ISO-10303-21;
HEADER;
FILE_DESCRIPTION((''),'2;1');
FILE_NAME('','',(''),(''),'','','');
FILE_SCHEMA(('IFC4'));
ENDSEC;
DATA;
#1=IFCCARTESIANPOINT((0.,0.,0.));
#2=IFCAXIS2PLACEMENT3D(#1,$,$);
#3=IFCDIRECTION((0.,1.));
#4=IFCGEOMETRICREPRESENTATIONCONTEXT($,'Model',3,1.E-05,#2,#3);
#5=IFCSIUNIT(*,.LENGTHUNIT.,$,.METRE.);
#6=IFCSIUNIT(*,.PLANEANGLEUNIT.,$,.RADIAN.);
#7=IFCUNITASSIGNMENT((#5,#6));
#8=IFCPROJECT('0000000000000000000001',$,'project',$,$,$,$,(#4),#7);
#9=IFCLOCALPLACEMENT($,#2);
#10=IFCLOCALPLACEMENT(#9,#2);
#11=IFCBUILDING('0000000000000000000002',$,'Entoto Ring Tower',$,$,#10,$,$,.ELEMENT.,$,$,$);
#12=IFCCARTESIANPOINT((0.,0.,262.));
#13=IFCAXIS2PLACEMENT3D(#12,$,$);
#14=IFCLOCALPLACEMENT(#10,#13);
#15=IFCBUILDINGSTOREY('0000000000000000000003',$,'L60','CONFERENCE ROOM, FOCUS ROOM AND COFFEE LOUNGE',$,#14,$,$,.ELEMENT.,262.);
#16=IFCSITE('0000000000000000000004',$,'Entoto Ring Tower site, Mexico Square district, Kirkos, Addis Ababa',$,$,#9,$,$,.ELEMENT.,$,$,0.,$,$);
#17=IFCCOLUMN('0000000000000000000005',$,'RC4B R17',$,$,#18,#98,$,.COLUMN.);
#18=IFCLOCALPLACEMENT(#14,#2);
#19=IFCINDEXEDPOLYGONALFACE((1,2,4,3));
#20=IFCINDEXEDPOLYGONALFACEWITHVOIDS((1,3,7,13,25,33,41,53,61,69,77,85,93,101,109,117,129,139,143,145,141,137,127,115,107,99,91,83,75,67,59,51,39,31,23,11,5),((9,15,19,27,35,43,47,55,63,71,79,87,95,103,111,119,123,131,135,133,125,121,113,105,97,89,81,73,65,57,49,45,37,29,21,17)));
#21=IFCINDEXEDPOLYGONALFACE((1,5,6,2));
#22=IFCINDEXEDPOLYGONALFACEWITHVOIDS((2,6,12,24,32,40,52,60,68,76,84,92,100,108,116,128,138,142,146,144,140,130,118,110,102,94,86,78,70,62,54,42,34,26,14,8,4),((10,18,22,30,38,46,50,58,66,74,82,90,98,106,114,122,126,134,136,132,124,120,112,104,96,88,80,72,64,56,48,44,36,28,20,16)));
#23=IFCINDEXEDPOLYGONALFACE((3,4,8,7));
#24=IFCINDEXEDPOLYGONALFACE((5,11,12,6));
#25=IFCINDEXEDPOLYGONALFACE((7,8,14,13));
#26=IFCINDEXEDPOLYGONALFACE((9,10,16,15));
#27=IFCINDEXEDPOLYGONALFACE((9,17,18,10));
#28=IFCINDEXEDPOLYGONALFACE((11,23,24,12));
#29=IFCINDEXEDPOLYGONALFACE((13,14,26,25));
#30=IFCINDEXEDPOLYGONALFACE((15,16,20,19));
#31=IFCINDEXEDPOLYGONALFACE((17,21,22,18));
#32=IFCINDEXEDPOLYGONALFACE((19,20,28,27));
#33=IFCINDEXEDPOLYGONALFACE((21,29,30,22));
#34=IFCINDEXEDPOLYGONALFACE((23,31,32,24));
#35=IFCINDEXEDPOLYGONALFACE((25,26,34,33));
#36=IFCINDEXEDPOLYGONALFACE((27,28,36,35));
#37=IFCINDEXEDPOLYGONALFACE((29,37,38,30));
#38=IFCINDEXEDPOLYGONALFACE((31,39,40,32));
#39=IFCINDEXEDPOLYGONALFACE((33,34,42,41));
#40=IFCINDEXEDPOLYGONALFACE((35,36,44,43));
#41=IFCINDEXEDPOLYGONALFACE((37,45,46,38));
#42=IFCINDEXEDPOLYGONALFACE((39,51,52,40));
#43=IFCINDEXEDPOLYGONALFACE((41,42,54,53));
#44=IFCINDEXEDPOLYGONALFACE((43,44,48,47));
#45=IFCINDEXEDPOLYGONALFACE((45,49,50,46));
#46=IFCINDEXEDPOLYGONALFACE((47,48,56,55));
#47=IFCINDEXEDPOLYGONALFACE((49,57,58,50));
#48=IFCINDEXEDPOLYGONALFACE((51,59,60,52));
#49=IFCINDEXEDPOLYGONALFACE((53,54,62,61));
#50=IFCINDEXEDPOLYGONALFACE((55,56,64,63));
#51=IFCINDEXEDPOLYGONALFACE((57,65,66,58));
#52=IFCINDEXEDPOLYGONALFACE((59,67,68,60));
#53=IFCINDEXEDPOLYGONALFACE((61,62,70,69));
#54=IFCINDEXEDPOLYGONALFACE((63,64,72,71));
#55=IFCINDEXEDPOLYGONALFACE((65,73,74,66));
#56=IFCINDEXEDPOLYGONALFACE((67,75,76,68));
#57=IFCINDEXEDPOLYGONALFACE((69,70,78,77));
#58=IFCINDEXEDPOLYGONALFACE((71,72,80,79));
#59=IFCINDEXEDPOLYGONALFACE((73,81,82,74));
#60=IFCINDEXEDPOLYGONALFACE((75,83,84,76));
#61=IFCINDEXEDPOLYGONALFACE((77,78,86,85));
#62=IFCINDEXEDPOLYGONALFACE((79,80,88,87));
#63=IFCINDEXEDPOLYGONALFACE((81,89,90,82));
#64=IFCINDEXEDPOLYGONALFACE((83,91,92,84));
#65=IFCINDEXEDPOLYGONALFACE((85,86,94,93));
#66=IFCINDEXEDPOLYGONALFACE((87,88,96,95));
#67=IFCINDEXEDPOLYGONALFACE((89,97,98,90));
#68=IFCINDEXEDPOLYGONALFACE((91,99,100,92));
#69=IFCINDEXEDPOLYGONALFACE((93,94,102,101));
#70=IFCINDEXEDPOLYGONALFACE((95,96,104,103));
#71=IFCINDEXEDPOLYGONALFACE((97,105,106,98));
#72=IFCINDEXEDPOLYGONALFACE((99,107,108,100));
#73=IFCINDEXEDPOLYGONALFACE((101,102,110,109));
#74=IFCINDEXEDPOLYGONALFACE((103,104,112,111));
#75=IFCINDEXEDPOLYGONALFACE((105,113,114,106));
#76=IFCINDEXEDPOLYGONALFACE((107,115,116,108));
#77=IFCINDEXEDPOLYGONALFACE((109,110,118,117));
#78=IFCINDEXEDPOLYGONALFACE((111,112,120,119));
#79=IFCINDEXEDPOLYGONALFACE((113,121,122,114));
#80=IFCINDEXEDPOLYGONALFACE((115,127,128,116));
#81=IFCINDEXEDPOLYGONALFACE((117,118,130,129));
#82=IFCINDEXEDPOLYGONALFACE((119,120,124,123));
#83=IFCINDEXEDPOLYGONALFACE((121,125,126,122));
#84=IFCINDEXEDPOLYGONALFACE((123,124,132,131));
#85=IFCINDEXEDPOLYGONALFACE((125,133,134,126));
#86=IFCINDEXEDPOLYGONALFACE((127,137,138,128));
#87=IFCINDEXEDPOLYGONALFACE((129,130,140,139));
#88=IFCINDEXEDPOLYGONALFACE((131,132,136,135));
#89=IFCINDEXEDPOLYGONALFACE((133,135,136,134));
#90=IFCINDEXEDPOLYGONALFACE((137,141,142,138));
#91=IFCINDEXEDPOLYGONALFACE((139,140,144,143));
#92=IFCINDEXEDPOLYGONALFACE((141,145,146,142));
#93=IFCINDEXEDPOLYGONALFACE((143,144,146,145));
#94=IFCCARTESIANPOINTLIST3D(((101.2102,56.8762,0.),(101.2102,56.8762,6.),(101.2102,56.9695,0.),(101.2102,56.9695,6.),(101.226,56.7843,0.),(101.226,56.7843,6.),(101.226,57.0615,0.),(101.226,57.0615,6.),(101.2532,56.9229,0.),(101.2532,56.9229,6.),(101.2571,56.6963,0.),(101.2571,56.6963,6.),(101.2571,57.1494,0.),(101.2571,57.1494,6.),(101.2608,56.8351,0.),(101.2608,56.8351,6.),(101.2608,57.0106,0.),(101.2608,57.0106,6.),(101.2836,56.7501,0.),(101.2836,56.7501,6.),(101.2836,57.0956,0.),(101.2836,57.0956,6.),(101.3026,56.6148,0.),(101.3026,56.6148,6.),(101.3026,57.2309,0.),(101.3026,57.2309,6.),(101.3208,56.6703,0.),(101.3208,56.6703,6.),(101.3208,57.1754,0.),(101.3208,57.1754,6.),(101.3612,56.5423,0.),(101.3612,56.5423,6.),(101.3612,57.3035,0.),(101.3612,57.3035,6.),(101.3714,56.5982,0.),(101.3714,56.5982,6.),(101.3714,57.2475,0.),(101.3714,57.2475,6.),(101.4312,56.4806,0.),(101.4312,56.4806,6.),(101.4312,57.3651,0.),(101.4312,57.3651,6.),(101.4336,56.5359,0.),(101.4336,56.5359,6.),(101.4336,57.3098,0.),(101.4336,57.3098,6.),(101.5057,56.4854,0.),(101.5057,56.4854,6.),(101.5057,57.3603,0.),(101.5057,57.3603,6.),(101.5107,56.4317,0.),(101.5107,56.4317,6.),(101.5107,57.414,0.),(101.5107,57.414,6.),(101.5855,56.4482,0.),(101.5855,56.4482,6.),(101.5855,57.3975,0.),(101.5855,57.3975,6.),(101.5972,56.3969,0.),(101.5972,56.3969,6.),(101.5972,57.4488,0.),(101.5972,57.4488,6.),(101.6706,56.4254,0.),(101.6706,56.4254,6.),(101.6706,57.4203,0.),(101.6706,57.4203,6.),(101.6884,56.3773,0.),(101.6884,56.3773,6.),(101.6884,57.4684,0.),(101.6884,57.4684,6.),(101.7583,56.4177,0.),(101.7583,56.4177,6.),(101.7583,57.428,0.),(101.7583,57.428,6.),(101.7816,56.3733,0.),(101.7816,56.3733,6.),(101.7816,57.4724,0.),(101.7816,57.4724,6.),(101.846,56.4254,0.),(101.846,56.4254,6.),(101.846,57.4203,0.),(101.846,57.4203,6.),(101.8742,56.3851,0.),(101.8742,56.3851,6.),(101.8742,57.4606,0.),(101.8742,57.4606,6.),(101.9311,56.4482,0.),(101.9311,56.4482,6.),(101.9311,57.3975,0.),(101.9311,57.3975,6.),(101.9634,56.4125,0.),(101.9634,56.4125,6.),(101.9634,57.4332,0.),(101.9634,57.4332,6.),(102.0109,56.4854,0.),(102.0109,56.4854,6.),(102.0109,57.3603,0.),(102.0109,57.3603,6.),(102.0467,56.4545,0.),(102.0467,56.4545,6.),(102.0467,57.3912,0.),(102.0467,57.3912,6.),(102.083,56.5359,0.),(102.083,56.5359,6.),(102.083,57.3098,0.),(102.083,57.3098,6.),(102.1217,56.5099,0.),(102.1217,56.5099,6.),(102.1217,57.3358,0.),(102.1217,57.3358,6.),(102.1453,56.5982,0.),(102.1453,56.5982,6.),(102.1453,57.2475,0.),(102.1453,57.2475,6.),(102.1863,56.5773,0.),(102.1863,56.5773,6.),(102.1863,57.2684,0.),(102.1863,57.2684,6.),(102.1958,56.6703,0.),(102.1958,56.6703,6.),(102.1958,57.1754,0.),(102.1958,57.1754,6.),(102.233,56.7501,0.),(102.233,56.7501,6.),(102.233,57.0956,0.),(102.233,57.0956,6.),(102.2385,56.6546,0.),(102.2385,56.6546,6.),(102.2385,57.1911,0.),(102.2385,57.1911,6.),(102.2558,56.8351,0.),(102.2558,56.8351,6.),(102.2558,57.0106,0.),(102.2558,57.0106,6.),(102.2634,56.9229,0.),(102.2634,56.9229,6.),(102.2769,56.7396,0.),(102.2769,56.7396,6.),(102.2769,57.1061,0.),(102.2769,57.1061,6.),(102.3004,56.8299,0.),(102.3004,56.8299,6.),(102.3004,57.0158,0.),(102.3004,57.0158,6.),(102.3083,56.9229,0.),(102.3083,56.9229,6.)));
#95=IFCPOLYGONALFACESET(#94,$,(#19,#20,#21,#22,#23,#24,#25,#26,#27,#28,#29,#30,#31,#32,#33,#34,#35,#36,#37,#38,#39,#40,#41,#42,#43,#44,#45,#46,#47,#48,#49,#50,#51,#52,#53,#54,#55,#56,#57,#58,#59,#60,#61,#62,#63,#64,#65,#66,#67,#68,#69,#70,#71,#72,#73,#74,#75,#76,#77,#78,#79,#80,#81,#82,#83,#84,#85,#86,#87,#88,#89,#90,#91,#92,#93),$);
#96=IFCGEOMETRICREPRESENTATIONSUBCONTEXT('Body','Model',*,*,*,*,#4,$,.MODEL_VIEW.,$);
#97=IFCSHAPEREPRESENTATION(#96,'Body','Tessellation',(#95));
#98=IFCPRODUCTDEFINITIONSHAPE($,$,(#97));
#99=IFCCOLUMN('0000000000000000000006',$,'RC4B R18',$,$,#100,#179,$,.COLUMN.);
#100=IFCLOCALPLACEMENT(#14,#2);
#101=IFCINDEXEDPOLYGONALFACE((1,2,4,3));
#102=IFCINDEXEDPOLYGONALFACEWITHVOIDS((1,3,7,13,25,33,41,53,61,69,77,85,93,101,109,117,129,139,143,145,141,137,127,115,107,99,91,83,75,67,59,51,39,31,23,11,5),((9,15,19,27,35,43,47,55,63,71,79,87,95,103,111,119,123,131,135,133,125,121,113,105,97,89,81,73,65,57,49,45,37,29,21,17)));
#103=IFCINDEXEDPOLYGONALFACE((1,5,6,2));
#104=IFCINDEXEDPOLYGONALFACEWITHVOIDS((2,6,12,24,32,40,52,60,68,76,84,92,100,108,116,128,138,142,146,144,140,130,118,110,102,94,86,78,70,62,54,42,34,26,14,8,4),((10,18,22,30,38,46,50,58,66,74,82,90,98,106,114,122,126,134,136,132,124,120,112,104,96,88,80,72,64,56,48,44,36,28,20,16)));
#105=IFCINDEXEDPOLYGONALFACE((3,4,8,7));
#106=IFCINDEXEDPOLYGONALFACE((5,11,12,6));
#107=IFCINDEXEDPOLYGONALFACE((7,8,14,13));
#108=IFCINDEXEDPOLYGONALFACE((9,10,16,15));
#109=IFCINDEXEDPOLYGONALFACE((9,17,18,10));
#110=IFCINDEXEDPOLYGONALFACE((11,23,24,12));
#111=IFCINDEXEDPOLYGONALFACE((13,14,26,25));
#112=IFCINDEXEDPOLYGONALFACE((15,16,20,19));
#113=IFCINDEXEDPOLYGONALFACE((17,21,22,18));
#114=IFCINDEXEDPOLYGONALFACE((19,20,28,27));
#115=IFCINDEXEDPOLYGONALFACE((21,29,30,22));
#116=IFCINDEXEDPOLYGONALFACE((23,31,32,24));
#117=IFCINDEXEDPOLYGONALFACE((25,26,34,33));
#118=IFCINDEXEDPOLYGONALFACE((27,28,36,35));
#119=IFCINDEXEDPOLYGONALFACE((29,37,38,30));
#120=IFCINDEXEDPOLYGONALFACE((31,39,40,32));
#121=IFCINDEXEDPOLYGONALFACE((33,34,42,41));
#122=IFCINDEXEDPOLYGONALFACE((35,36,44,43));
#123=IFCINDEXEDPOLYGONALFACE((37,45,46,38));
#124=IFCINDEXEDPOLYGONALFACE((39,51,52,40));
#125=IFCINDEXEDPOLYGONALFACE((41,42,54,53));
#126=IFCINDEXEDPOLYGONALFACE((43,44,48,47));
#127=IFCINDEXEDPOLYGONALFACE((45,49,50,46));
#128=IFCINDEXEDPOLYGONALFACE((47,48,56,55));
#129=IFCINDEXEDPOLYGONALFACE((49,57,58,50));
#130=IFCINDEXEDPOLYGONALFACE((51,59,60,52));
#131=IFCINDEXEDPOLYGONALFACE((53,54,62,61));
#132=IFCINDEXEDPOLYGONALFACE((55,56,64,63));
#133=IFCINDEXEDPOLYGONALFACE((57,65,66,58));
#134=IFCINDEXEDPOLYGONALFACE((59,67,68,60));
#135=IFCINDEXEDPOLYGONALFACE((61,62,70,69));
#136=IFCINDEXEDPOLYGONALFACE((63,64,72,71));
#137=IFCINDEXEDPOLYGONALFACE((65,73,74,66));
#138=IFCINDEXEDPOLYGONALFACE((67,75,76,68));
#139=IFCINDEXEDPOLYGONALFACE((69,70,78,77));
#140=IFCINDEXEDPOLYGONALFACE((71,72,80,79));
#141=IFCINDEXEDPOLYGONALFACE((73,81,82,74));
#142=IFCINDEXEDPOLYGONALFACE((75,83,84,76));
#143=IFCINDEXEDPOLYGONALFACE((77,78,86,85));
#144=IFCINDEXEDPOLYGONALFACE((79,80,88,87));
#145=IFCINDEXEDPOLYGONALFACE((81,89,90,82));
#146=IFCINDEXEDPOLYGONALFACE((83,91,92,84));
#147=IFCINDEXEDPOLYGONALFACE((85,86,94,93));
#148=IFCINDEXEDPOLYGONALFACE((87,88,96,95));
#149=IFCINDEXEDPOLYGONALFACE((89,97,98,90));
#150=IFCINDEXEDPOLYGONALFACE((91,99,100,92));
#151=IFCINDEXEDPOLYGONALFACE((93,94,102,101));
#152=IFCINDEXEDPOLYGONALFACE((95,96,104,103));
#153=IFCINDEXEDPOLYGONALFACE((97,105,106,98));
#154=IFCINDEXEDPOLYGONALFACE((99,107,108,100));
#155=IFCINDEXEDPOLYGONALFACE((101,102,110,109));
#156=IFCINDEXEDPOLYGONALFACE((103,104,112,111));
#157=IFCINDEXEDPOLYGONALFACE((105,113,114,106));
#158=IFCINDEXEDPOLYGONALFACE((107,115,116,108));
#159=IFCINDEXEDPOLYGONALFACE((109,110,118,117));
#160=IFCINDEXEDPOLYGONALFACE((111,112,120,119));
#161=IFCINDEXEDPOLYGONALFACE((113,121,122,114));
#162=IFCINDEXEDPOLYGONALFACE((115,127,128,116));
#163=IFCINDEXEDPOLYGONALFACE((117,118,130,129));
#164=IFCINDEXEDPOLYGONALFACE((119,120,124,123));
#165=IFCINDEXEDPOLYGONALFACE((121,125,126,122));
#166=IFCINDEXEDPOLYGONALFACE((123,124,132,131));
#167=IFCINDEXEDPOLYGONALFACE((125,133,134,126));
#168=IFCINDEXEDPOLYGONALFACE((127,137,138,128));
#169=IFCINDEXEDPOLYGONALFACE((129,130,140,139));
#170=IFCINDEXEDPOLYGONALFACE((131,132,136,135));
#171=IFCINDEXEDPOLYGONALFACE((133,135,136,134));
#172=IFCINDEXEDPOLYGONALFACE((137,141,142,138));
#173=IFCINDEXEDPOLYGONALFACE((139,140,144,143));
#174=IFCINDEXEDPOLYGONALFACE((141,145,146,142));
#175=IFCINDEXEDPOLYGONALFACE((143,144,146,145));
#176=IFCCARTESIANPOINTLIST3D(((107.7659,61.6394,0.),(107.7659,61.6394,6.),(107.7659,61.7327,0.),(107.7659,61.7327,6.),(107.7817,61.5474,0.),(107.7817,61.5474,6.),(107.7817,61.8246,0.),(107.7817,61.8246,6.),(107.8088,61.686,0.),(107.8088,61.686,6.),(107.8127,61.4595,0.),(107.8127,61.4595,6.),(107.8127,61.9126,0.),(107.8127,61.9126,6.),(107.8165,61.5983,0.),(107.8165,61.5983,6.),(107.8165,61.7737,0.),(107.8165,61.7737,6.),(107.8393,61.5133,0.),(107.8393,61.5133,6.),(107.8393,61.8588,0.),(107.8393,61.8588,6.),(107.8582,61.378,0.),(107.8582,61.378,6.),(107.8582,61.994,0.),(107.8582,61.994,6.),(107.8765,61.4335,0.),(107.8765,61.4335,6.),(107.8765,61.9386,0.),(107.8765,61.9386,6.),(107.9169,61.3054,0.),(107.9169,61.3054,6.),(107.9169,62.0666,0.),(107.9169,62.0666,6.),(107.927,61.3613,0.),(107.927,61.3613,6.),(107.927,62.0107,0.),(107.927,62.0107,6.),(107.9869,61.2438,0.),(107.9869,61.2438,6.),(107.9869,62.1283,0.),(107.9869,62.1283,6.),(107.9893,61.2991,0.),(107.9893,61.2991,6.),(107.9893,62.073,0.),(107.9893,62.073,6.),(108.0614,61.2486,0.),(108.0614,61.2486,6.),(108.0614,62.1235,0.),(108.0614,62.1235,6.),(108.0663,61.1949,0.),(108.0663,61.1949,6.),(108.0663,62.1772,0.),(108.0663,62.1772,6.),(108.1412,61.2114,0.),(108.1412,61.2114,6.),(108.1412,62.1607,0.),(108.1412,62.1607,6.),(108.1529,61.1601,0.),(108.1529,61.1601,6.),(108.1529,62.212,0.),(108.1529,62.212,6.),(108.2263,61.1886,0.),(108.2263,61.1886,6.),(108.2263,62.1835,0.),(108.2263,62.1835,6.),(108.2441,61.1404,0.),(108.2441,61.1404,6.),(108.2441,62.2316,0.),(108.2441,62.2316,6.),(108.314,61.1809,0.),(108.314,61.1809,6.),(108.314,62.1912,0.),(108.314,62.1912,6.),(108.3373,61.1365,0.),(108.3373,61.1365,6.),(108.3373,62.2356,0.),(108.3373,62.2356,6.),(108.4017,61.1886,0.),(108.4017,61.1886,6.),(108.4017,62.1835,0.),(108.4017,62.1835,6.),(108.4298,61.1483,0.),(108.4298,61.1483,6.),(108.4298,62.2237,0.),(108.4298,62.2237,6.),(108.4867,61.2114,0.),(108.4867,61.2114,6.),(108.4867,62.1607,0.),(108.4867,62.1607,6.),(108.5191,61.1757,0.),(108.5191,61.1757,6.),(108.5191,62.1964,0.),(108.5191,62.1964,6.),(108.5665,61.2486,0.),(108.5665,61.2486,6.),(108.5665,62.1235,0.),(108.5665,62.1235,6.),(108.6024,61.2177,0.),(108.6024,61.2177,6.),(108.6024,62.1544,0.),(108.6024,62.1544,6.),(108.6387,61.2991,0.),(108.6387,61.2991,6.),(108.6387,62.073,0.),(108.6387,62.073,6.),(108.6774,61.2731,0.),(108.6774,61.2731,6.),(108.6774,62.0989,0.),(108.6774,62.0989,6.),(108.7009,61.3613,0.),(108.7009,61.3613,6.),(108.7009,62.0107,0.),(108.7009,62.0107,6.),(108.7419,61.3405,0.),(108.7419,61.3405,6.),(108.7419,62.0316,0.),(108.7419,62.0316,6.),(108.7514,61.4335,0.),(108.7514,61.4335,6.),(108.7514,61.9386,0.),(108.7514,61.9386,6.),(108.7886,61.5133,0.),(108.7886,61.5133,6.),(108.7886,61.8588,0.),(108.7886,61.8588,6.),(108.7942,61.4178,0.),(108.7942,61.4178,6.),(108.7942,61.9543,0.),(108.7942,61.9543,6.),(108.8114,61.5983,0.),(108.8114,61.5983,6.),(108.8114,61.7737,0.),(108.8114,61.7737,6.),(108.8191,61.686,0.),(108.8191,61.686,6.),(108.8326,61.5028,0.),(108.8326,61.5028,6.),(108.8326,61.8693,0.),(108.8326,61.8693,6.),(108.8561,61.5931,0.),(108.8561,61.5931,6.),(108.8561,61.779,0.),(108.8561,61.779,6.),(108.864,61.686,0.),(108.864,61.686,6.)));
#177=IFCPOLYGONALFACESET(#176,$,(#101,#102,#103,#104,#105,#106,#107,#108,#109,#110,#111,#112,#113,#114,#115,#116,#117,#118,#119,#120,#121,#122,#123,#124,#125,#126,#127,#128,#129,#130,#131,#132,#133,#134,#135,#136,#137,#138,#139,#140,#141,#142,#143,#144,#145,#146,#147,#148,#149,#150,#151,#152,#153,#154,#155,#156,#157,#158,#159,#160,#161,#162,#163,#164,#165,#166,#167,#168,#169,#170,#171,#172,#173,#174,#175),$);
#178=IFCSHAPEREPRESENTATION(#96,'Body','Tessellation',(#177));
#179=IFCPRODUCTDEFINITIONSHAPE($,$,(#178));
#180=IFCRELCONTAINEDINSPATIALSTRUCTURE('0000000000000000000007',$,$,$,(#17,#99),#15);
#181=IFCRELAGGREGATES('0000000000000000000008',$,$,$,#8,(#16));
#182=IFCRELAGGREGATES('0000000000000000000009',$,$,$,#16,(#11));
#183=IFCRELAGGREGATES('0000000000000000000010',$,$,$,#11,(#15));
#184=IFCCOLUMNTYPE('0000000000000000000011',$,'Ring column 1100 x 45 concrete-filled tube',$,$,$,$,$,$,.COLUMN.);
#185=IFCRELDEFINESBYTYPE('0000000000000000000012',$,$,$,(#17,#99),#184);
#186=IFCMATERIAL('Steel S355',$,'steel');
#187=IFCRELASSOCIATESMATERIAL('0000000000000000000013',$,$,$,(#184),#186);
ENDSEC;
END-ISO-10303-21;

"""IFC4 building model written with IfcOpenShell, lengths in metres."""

from ifc_helpers import new_model, si_unit, direction, frame, origin, origin_2d, place, context, subcontext, project, spatial, circle, hollow_circle, extrude, material, material_profile, profile_set, type_object, element, save


model = new_model("IFC4")

# Units and contexts
model_context = context("Model", 3, precision=1e-05, world=origin(), true_north=direction((0.0, 1.0)))
body_context = subcontext(model_context, "Body", "Model", "MODEL_VIEW")
ifc_project = project(units=[si_unit("LENGTHUNIT", "METRE"), si_unit("PLANEANGLEUNIT", "RADIAN")], contexts=[model_context])

# Site, building, storey
site_placement = place(None, origin())
site = spatial("IfcSite", under=ifc_project, at=site_placement, Name="Entoto Ring Tower site, Mexico Square district, Kirkos, Addis Ababa", CompositionType="ELEMENT", RefElevation=0.0)
building_placement = place(site_placement, origin())
building = spatial("IfcBuilding", under=site, at=building_placement, Name="Entoto Ring Tower", CompositionType="ELEMENT")
storey_placement = place(building_placement, frame((0.0, 0.0, 262.0)))
storey = spatial("IfcBuildingStorey", under=building, at=storey_placement, Name="L60", Description="CONFERENCE ROOM, FOCUS ROOM AND COFFEE LOUNGE", CompositionType="ELEMENT", Elevation=262.0)

# Columns
ifc_material_1 = material(Name="Steel S355", Category="steel")
ifc_material_profile_1 = material_profile(ifc_material_1, hollow_circle(Radius=0.55, WallThickness=0.0449, at=origin_2d()), Name="CHS 1100 x 45")
ifc_material_2 = material(Name="Concrete C60/75", Category="concrete")
ifc_material_profile_2 = material_profile(ifc_material_2, circle(Radius=0.5049, at=origin_2d()), Name="Concrete C60/75 infill")
ifc_profile_set_1 = profile_set([ifc_material_profile_1, ifc_material_profile_2], Name="Steel S355")
column_type = type_object("IfcColumnType", Name="Ring column 1100 x 45 concrete-filled tube", PredefinedType="COLUMN", material=ifc_profile_set_1)
for number, where, z_axis, x_axis, name in (
    (1, (101.7583, 56.9229, 0.0), (0.0, 0.0, 1.0), (1.0, 0.0, 0.0), "RC4B R17"),
    (2, (108.314, 61.686, 0.0), (0.0, 0.0, 1.0), (1.0, 0.0, 0.0), "RC4B R18"),
):
    element("IfcColumn", number, at=place(storey_placement, frame(where, z_axis=z_axis, x_axis=x_axis)), inside=storey, type_object=column_type, Name=name, PredefinedType="COLUMN", context=body_context, shape_type="SweptSolid", body=[
        extrude(hollow_circle(Radius=0.55, WallThickness=0.0449, at=origin_2d()), origin(), (0.0, 0.0, 1.0), 6.0),
    ])

save(model, "model.ifc")
